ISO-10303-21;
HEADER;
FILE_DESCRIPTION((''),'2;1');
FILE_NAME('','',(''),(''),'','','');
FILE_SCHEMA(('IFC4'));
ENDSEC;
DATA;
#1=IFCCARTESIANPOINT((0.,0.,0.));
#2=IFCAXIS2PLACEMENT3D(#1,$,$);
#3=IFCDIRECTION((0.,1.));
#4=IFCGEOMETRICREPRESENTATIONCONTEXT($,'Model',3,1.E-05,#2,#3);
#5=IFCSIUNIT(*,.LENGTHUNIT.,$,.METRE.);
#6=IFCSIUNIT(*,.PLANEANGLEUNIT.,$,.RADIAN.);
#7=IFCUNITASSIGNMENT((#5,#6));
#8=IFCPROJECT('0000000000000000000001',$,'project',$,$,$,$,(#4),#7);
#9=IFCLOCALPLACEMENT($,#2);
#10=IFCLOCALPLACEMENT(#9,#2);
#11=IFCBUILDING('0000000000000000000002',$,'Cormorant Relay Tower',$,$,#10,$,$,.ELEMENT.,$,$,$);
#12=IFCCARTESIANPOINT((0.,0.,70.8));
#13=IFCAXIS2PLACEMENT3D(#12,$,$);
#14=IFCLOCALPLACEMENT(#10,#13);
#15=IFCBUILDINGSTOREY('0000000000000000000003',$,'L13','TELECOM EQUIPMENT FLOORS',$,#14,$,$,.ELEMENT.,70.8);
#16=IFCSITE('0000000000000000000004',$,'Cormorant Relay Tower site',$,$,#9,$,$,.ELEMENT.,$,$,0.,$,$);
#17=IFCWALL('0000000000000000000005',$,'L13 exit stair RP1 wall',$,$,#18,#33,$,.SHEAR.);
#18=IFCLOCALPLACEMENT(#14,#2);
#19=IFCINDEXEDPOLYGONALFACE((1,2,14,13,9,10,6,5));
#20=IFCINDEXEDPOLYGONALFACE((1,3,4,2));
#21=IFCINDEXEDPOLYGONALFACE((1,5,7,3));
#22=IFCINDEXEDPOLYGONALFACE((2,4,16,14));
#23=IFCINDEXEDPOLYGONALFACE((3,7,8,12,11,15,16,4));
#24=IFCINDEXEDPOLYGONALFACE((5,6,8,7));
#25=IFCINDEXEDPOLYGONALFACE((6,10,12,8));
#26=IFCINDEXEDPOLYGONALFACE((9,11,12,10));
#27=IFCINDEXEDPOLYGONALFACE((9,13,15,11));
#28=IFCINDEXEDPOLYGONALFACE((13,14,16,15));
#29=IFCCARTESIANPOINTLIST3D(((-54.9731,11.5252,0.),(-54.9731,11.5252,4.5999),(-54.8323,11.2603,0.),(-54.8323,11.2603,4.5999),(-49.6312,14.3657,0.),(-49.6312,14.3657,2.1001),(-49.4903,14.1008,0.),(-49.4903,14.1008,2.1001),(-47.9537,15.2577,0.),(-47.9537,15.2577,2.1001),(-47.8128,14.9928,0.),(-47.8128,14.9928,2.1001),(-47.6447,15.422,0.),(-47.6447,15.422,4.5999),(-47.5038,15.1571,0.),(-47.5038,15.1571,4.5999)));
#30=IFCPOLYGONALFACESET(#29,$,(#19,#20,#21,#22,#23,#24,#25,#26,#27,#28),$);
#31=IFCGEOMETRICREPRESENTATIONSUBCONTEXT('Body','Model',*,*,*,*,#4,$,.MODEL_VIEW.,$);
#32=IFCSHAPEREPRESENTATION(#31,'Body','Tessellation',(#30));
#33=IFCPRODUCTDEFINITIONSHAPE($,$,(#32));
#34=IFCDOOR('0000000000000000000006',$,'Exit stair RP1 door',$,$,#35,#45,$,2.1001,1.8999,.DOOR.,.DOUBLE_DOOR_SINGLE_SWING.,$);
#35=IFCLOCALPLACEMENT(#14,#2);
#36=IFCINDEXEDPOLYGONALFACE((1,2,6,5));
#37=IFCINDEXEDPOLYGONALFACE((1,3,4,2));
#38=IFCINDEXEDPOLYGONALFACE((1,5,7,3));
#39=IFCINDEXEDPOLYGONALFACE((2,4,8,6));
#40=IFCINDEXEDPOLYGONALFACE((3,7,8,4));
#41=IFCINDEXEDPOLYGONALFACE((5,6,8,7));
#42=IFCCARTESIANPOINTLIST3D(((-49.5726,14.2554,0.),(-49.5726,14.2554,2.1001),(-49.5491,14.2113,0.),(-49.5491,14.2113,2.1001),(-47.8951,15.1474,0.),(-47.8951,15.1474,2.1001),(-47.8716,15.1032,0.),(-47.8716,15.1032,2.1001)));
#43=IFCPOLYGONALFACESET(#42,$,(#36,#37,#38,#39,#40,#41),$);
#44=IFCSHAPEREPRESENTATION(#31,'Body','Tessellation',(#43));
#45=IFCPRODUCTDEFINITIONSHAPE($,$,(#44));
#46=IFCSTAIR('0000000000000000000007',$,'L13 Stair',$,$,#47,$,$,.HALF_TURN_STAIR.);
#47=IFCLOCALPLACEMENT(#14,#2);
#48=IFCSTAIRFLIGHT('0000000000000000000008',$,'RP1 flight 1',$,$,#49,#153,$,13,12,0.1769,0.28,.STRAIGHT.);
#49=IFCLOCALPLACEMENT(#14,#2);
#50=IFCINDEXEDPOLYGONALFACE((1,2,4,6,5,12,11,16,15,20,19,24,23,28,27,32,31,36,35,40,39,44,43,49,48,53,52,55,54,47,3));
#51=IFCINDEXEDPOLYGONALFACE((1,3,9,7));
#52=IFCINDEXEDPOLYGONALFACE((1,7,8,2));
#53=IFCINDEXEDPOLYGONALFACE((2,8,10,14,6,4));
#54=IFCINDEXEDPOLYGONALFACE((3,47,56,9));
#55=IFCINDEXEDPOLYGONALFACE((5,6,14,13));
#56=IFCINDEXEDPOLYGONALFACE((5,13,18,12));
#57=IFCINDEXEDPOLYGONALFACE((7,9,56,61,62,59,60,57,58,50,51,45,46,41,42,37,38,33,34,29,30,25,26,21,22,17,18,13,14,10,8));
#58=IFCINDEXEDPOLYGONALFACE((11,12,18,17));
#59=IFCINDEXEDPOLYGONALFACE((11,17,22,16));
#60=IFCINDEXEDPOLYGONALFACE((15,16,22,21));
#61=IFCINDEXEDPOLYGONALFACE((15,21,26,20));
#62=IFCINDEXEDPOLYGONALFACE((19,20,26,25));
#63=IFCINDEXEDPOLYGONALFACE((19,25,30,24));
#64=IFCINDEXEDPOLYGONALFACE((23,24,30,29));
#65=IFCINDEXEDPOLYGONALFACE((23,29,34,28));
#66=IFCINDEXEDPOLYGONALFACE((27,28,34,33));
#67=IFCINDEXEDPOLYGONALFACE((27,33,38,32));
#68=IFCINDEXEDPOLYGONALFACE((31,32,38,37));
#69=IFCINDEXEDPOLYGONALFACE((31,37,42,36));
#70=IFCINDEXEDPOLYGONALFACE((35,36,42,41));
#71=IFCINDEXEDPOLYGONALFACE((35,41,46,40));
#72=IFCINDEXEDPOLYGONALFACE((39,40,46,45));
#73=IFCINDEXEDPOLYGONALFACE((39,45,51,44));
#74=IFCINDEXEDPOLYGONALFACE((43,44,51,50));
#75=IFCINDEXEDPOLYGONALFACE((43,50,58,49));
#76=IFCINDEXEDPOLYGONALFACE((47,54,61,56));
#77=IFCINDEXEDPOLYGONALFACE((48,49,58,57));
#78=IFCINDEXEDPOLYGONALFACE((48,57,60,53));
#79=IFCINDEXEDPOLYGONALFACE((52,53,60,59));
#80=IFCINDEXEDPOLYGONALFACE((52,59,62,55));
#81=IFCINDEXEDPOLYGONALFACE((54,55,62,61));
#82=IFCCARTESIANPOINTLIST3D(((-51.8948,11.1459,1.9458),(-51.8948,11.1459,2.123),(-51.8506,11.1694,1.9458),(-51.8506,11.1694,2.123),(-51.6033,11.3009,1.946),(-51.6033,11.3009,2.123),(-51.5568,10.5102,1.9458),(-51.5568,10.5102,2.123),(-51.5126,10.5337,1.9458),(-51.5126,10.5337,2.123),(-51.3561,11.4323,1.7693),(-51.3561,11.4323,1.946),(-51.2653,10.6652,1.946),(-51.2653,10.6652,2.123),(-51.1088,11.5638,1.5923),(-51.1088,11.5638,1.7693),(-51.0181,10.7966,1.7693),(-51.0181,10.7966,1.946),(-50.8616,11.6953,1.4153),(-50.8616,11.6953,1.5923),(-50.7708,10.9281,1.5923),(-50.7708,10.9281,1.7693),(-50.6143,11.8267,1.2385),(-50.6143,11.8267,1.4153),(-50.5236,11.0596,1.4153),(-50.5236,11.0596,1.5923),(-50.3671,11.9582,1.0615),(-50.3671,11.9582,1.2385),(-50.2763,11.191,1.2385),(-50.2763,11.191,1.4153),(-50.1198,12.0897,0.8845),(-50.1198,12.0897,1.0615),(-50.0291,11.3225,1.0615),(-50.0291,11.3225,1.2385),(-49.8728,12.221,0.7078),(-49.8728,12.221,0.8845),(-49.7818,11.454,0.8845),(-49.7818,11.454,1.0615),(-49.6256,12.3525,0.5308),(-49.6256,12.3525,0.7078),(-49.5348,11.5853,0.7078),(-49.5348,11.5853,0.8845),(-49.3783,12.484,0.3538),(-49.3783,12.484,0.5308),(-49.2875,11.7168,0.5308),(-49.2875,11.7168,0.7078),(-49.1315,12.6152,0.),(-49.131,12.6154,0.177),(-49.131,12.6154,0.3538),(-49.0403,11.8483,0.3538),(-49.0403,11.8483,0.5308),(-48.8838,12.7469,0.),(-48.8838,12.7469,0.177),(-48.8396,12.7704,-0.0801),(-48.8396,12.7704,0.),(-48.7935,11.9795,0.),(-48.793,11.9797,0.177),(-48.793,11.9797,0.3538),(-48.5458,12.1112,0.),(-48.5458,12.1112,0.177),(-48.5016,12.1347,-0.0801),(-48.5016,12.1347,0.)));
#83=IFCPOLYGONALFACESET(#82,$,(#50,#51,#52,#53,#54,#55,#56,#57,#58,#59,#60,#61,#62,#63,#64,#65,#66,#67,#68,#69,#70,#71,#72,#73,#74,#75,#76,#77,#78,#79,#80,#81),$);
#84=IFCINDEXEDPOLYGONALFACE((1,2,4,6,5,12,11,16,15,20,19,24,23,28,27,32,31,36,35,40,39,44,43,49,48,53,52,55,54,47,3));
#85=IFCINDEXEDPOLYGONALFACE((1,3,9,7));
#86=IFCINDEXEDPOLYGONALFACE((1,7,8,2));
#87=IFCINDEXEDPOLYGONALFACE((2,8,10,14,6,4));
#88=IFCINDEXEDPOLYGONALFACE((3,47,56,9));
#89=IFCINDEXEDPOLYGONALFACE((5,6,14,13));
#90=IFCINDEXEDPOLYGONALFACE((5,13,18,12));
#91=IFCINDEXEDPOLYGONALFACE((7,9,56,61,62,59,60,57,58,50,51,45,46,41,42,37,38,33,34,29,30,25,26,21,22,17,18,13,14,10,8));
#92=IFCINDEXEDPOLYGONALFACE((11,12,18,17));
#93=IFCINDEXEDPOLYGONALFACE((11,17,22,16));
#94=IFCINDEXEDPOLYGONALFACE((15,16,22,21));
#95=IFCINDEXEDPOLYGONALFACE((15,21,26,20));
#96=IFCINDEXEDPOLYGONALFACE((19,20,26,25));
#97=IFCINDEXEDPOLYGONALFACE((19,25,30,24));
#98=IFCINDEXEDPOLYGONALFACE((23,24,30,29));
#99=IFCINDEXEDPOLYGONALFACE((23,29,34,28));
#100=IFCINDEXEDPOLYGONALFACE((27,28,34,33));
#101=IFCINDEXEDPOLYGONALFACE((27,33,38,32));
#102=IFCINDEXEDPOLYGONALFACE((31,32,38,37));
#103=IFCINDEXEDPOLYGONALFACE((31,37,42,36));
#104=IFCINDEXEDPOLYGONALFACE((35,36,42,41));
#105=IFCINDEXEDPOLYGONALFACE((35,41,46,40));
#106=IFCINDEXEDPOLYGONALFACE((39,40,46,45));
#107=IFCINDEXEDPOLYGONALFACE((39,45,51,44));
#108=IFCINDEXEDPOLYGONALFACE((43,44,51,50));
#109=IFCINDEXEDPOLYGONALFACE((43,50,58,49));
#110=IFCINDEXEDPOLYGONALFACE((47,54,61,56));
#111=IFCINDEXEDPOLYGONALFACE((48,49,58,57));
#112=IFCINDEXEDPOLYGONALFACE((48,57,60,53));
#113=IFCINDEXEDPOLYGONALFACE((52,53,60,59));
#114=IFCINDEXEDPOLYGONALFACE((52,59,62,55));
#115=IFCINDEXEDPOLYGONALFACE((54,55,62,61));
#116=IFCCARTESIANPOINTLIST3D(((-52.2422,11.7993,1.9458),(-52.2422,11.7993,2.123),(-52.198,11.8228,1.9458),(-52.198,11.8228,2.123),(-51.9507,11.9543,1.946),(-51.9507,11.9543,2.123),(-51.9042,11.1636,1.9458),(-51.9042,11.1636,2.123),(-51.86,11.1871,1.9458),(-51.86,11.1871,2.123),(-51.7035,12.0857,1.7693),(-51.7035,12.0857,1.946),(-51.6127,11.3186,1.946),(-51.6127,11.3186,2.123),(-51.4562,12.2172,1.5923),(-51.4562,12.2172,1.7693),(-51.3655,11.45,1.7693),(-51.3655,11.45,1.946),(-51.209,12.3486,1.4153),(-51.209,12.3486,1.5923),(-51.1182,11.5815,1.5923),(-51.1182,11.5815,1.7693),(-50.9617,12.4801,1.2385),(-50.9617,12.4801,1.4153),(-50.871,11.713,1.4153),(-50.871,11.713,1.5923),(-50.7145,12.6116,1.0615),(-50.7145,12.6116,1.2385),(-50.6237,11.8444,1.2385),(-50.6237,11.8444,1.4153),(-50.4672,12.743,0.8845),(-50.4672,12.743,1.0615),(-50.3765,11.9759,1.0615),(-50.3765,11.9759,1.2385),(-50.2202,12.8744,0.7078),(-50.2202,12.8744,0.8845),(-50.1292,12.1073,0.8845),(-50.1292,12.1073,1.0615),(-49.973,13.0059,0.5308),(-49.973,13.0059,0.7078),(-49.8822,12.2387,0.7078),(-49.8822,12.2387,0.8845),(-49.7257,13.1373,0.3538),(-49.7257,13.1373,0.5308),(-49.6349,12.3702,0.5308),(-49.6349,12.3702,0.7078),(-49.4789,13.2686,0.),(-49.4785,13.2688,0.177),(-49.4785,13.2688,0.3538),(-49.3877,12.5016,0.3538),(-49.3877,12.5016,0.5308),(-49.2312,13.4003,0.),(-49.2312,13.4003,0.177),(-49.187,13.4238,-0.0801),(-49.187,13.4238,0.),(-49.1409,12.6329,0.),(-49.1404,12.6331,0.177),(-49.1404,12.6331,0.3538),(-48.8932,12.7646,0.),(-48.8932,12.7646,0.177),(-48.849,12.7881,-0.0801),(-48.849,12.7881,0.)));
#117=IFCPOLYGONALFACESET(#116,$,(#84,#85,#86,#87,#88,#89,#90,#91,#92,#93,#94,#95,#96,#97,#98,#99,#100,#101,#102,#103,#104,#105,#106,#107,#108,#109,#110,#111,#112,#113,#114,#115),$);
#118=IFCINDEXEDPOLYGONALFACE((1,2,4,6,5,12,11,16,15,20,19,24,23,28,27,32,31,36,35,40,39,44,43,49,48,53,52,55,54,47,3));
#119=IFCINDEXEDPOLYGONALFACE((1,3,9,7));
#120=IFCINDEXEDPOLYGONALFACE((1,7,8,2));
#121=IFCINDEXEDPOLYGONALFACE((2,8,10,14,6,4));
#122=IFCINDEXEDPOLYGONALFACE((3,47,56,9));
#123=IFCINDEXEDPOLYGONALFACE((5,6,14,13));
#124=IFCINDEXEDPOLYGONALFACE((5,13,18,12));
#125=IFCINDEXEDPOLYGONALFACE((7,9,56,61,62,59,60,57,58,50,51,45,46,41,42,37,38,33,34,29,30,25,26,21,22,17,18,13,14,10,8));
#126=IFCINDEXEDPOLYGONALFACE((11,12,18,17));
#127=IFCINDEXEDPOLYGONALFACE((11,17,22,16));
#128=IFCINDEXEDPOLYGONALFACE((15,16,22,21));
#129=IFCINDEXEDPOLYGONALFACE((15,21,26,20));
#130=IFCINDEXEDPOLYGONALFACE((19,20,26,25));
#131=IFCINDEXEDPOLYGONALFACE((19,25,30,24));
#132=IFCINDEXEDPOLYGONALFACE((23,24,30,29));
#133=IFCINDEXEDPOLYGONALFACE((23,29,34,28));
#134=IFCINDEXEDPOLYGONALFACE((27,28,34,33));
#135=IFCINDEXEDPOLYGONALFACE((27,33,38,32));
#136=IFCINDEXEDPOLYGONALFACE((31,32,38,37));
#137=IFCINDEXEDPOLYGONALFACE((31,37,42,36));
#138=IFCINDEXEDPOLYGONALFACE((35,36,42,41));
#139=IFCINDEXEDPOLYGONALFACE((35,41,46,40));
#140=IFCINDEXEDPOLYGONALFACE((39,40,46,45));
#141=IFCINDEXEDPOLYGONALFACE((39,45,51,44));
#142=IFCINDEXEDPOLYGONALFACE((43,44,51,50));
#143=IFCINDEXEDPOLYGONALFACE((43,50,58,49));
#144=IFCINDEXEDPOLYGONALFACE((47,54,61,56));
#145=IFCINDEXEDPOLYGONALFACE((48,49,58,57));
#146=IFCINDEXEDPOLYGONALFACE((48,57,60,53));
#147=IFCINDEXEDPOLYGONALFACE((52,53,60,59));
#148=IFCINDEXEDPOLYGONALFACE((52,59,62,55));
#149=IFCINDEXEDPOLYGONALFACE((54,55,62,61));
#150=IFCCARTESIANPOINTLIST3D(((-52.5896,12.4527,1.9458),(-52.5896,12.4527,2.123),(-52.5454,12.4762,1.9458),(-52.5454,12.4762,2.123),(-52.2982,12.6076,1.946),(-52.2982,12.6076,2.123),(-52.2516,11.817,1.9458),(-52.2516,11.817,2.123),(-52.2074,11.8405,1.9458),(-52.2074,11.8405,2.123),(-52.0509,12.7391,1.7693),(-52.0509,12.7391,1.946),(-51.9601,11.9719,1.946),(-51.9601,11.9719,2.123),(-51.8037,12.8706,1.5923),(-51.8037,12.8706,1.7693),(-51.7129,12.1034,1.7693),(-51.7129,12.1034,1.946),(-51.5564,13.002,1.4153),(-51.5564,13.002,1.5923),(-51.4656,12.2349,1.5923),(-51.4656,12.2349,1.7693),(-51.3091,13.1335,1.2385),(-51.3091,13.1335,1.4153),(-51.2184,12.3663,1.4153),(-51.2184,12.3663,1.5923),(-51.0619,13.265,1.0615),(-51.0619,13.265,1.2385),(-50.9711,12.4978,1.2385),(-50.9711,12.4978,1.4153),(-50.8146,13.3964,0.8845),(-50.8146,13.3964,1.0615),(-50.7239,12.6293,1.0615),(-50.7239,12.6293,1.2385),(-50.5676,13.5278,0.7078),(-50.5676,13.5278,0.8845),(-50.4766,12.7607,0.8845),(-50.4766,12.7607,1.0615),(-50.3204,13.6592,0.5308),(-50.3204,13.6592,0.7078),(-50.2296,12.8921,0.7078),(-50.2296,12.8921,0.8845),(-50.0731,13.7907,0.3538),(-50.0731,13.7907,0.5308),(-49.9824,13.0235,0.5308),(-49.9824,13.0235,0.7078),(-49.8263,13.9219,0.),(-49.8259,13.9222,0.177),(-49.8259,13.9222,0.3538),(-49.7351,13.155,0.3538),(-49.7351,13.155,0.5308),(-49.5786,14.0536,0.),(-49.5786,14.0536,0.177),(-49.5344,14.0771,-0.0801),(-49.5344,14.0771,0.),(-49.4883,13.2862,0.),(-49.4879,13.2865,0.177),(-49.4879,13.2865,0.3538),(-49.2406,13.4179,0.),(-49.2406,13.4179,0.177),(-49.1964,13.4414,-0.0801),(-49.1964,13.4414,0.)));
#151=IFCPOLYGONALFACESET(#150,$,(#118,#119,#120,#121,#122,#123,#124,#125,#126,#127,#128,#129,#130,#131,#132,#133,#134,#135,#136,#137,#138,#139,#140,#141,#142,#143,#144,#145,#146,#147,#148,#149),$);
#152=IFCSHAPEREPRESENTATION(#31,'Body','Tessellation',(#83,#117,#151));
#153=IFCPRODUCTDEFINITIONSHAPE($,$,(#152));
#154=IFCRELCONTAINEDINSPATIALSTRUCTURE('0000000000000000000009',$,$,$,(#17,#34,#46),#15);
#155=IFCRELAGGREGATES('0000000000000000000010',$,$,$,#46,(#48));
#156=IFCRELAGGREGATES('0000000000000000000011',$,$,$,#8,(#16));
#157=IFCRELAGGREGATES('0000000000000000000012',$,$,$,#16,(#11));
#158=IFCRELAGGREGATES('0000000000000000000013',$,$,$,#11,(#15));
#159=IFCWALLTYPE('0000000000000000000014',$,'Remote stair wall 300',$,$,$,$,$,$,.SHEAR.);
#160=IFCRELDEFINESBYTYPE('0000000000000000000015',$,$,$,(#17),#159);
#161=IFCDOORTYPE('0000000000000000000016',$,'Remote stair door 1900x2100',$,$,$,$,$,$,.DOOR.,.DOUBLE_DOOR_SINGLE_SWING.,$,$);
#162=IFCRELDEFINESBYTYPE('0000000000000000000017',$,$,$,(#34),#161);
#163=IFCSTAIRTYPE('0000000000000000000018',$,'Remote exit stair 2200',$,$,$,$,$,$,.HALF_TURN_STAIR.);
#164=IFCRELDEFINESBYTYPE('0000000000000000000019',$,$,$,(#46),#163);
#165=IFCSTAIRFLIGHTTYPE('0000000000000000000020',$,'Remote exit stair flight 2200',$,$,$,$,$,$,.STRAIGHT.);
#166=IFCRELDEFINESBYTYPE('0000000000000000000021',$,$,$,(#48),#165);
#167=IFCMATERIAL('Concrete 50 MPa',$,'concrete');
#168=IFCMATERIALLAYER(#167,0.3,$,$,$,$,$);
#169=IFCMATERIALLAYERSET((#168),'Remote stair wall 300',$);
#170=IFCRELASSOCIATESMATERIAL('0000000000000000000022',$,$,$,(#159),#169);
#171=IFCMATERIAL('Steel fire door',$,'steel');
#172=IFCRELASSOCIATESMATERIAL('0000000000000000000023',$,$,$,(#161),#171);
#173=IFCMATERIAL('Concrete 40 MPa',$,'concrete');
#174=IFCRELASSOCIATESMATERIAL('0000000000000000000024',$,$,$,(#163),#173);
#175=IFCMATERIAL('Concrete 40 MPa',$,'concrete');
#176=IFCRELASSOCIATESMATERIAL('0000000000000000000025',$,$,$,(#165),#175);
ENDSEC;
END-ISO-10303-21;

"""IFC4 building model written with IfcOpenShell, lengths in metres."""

from ifc_helpers import new_model, si_unit, direction, frame, frame_2d, origin, place, context, subcontext, project, spatial, polyline, rectangle, outline, extrude, material, layer, layer_set, type_object, element, fill, aggregate, save


model = new_model("IFC4")

# Units and contexts
model_context = context("Model", 3, precision=1e-05, world=origin(), true_north=direction((0.0, 1.0)))
body_context = subcontext(model_context, "Body", "Model", "MODEL_VIEW")
ifc_project = project(units=[si_unit("LENGTHUNIT", "METRE"), si_unit("PLANEANGLEUNIT", "RADIAN")], contexts=[model_context])

# Site, building, storey
site_placement = place(None, origin())
site = spatial("IfcSite", under=ifc_project, at=site_placement, Name="Cormorant Relay Tower site", CompositionType="ELEMENT", RefElevation=0.0)
building_placement = place(site_placement, origin())
building = spatial("IfcBuilding", under=site, at=building_placement, Name="Cormorant Relay Tower", CompositionType="ELEMENT")
storey_placement = place(building_placement, frame((0.0, 0.0, 70.8)))
storey = spatial("IfcBuildingStorey", under=building, at=storey_placement, Name="L13", Description="TELECOM EQUIPMENT FLOORS", CompositionType="ELEMENT", Elevation=70.8)

# Shared definitions
ifc_material_1 = material(Name="Concrete 50 MPa", Category="concrete")
ifc_layer_1 = layer(ifc_material_1, 0.3)
ifc_layer_set_1 = layer_set([ifc_layer_1], Name="Remote stair wall 300")
wall_type_1 = type_object("IfcWallType", Name="Remote stair wall 300", PredefinedType="SHEAR", material=ifc_layer_set_1)

# Wall, opening, door
wall_1_placement = place(storey_placement, frame((-54.9026, 11.3928, 0.0), z_axis=(0.0, 0.0, 1.0), x_axis=(0.882939, 0.469487, 0.0)))
wall_1 = element("IfcWall", 1, at=wall_1_placement, inside=storey, type_object=wall_type_1, Name="L13 exit stair RP1 wall", PredefinedType="SHEAR", context=body_context, shape_type="SweptSolid", body=[
    extrude(rectangle(XDim=8.3, YDim=0.3, at=frame_2d((4.1499, 0.0))), origin(), (0.0, 0.0, 1.0), 4.5999),
])
opening_1_placement = place(wall_1_placement, frame((6.05, 0.0, 0.0)))
opening_1 = element("IfcOpeningElement", 2, at=opening_1_placement, cuts=wall_1, PredefinedType="OPENING", context=body_context, shape_type="SweptSolid", body=[
    extrude(rectangle(XDim=1.8999, YDim=2.1001, at=frame_2d((0.95, 1.05))), frame((0.0, 0.1599, 0.0), z_axis=(0.0, -1.0, 0.0), x_axis=(1.0, 0.0, 0.0)), (0.0, 0.0, 1.0), 0.3201),
])
ifc_material_2 = material(Name="Steel fire door", Category="steel")
door_type_1 = type_object("IfcDoorType", Name="Remote stair door 1900x2100", OperationType="DOUBLE_DOOR_SINGLE_SWING", PredefinedType="DOOR", material=ifc_material_2)
door_1_placement = place(opening_1_placement, frame((1.8999, 0.0, 0.0), z_axis=(0.0, 0.0, 1.0), x_axis=(-1.0, 0.0, 0.0)))
door_1 = element("IfcDoor", 3, at=door_1_placement, inside=storey, type_object=door_type_1, Name="Exit stair RP1 door", OperationType="DOUBLE_DOOR_SINGLE_SWING", OverallHeight=2.1001, OverallWidth=1.8999, PredefinedType="DOOR", context=body_context, shape_type="SweptSolid", body=[
    extrude(rectangle(XDim=1.8999, YDim=2.1001, at=frame_2d((0.95, 1.05))), frame((0.0, 0.0249, 0.0), z_axis=(0.0, -1.0, 0.0), x_axis=(1.0, 0.0, 0.0)), (0.0, 0.0, 1.0), 0.05),
])
fill(opening_1, door_1)

# Stair, stair flight
ifc_material_3 = material(Name="Concrete 40 MPa", Category="concrete")
stair_type = type_object("IfcStairType", Name="Remote exit stair 2200", PredefinedType="HALF_TURN_STAIR", material=ifc_material_3)
stair_placement = place(storey_placement, origin())
stair = element("IfcStair", 4, at=stair_placement, inside=storey, type_object=stair_type, Name="L13 Stair", PredefinedType="HALF_TURN_STAIR")
ifc_material_4 = material(Name="Concrete 40 MPa", Category="concrete")
stair_flight_type = type_object("IfcStairFlightType", Name="Remote exit stair flight 2200", PredefinedType="STRAIGHT", material=ifc_material_4)
stair_flight_1_placement = place(storey_placement, frame((-49.0623, 13.0825, 0.0), z_axis=(0.0, 0.0, 1.0), x_axis=(-0.882948, -0.469472, 0.0)))
stair_flight_1 = element("IfcStairFlight", 5, at=stair_flight_1_placement, type_object=stair_flight_type, Name="RP1 flight 1", NumberOfRisers=13, NumberOfTreads=12, PredefinedType="STRAIGHT", RiserHeight=0.1769, TreadLength=0.28, context=body_context, shape_type="SweptSolid", body=[
    extrude(outline(polyline([(-0.05, -0.0801), (-0.05, 0.0), (0.0, 0.0), (0.0, 0.177), (0.28, 0.177), (0.28, 0.3538), (0.5601, 0.3538), (0.5601, 0.5308), (0.8401, 0.5308), (0.8401, 0.7078), (1.1201, 0.7078), (1.1201, 0.8845), (1.3999, 0.8845), (1.3999, 1.0615), (1.6799, 1.0615), (1.6799, 1.2385), (1.96, 1.2385), (1.96, 1.4153), (2.24, 1.4153), (2.24, 1.5923), (2.52, 1.5923), (2.52, 1.7693), (2.8, 1.7693), (2.8, 1.946), (3.0801, 1.946), (3.0801, 2.123), (3.3601, 2.123), (3.4102, 2.123), (3.4102, 1.9458), (3.3601, 1.9458), (0.2805, 0.0), (-0.05, -0.0801)])), frame((0.0, 1.1001, 0.0), z_axis=(0.0, -1.0, 0.0), x_axis=(1.0, 0.0, 0.0)), (0.0, 0.0, 1.0), 0.72),
    extrude(outline(polyline([(-0.05, -0.0801), (-0.05, 0.0), (0.0, 0.0), (0.0, 0.177), (0.28, 0.177), (0.28, 0.3538), (0.5601, 0.3538), (0.5601, 0.5308), (0.8401, 0.5308), (0.8401, 0.7078), (1.1201, 0.7078), (1.1201, 0.8845), (1.3999, 0.8845), (1.3999, 1.0615), (1.6799, 1.0615), (1.6799, 1.2385), (1.96, 1.2385), (1.96, 1.4153), (2.24, 1.4153), (2.24, 1.5923), (2.52, 1.5923), (2.52, 1.7693), (2.8, 1.7693), (2.8, 1.946), (3.0801, 1.946), (3.0801, 2.123), (3.3601, 2.123), (3.4102, 2.123), (3.4102, 1.9458), (3.3601, 1.9458), (0.2805, 0.0), (-0.05, -0.0801)])), frame((0.0, 0.3601, 0.0), z_axis=(0.0, -1.0, 0.0), x_axis=(1.0, 0.0, 0.0)), (0.0, 0.0, 1.0), 0.72),
    extrude(outline(polyline([(-0.05, -0.0801), (-0.05, 0.0), (0.0, 0.0), (0.0, 0.177), (0.28, 0.177), (0.28, 0.3538), (0.5601, 0.3538), (0.5601, 0.5308), (0.8401, 0.5308), (0.8401, 0.7078), (1.1201, 0.7078), (1.1201, 0.8845), (1.3999, 0.8845), (1.3999, 1.0615), (1.6799, 1.0615), (1.6799, 1.2385), (1.96, 1.2385), (1.96, 1.4153), (2.24, 1.4153), (2.24, 1.5923), (2.52, 1.5923), (2.52, 1.7693), (2.8, 1.7693), (2.8, 1.946), (3.0801, 1.946), (3.0801, 2.123), (3.3601, 2.123), (3.4102, 2.123), (3.4102, 1.9458), (3.3601, 1.9458), (0.2805, 0.0), (-0.05, -0.0801)])), frame((0.0, -0.3799, 0.0), z_axis=(0.0, -1.0, 0.0), x_axis=(1.0, 0.0, 0.0)), (0.0, 0.0, 1.0), 0.72),
])
aggregate(stair, [stair_flight_1])

save(model, "model.ifc")
